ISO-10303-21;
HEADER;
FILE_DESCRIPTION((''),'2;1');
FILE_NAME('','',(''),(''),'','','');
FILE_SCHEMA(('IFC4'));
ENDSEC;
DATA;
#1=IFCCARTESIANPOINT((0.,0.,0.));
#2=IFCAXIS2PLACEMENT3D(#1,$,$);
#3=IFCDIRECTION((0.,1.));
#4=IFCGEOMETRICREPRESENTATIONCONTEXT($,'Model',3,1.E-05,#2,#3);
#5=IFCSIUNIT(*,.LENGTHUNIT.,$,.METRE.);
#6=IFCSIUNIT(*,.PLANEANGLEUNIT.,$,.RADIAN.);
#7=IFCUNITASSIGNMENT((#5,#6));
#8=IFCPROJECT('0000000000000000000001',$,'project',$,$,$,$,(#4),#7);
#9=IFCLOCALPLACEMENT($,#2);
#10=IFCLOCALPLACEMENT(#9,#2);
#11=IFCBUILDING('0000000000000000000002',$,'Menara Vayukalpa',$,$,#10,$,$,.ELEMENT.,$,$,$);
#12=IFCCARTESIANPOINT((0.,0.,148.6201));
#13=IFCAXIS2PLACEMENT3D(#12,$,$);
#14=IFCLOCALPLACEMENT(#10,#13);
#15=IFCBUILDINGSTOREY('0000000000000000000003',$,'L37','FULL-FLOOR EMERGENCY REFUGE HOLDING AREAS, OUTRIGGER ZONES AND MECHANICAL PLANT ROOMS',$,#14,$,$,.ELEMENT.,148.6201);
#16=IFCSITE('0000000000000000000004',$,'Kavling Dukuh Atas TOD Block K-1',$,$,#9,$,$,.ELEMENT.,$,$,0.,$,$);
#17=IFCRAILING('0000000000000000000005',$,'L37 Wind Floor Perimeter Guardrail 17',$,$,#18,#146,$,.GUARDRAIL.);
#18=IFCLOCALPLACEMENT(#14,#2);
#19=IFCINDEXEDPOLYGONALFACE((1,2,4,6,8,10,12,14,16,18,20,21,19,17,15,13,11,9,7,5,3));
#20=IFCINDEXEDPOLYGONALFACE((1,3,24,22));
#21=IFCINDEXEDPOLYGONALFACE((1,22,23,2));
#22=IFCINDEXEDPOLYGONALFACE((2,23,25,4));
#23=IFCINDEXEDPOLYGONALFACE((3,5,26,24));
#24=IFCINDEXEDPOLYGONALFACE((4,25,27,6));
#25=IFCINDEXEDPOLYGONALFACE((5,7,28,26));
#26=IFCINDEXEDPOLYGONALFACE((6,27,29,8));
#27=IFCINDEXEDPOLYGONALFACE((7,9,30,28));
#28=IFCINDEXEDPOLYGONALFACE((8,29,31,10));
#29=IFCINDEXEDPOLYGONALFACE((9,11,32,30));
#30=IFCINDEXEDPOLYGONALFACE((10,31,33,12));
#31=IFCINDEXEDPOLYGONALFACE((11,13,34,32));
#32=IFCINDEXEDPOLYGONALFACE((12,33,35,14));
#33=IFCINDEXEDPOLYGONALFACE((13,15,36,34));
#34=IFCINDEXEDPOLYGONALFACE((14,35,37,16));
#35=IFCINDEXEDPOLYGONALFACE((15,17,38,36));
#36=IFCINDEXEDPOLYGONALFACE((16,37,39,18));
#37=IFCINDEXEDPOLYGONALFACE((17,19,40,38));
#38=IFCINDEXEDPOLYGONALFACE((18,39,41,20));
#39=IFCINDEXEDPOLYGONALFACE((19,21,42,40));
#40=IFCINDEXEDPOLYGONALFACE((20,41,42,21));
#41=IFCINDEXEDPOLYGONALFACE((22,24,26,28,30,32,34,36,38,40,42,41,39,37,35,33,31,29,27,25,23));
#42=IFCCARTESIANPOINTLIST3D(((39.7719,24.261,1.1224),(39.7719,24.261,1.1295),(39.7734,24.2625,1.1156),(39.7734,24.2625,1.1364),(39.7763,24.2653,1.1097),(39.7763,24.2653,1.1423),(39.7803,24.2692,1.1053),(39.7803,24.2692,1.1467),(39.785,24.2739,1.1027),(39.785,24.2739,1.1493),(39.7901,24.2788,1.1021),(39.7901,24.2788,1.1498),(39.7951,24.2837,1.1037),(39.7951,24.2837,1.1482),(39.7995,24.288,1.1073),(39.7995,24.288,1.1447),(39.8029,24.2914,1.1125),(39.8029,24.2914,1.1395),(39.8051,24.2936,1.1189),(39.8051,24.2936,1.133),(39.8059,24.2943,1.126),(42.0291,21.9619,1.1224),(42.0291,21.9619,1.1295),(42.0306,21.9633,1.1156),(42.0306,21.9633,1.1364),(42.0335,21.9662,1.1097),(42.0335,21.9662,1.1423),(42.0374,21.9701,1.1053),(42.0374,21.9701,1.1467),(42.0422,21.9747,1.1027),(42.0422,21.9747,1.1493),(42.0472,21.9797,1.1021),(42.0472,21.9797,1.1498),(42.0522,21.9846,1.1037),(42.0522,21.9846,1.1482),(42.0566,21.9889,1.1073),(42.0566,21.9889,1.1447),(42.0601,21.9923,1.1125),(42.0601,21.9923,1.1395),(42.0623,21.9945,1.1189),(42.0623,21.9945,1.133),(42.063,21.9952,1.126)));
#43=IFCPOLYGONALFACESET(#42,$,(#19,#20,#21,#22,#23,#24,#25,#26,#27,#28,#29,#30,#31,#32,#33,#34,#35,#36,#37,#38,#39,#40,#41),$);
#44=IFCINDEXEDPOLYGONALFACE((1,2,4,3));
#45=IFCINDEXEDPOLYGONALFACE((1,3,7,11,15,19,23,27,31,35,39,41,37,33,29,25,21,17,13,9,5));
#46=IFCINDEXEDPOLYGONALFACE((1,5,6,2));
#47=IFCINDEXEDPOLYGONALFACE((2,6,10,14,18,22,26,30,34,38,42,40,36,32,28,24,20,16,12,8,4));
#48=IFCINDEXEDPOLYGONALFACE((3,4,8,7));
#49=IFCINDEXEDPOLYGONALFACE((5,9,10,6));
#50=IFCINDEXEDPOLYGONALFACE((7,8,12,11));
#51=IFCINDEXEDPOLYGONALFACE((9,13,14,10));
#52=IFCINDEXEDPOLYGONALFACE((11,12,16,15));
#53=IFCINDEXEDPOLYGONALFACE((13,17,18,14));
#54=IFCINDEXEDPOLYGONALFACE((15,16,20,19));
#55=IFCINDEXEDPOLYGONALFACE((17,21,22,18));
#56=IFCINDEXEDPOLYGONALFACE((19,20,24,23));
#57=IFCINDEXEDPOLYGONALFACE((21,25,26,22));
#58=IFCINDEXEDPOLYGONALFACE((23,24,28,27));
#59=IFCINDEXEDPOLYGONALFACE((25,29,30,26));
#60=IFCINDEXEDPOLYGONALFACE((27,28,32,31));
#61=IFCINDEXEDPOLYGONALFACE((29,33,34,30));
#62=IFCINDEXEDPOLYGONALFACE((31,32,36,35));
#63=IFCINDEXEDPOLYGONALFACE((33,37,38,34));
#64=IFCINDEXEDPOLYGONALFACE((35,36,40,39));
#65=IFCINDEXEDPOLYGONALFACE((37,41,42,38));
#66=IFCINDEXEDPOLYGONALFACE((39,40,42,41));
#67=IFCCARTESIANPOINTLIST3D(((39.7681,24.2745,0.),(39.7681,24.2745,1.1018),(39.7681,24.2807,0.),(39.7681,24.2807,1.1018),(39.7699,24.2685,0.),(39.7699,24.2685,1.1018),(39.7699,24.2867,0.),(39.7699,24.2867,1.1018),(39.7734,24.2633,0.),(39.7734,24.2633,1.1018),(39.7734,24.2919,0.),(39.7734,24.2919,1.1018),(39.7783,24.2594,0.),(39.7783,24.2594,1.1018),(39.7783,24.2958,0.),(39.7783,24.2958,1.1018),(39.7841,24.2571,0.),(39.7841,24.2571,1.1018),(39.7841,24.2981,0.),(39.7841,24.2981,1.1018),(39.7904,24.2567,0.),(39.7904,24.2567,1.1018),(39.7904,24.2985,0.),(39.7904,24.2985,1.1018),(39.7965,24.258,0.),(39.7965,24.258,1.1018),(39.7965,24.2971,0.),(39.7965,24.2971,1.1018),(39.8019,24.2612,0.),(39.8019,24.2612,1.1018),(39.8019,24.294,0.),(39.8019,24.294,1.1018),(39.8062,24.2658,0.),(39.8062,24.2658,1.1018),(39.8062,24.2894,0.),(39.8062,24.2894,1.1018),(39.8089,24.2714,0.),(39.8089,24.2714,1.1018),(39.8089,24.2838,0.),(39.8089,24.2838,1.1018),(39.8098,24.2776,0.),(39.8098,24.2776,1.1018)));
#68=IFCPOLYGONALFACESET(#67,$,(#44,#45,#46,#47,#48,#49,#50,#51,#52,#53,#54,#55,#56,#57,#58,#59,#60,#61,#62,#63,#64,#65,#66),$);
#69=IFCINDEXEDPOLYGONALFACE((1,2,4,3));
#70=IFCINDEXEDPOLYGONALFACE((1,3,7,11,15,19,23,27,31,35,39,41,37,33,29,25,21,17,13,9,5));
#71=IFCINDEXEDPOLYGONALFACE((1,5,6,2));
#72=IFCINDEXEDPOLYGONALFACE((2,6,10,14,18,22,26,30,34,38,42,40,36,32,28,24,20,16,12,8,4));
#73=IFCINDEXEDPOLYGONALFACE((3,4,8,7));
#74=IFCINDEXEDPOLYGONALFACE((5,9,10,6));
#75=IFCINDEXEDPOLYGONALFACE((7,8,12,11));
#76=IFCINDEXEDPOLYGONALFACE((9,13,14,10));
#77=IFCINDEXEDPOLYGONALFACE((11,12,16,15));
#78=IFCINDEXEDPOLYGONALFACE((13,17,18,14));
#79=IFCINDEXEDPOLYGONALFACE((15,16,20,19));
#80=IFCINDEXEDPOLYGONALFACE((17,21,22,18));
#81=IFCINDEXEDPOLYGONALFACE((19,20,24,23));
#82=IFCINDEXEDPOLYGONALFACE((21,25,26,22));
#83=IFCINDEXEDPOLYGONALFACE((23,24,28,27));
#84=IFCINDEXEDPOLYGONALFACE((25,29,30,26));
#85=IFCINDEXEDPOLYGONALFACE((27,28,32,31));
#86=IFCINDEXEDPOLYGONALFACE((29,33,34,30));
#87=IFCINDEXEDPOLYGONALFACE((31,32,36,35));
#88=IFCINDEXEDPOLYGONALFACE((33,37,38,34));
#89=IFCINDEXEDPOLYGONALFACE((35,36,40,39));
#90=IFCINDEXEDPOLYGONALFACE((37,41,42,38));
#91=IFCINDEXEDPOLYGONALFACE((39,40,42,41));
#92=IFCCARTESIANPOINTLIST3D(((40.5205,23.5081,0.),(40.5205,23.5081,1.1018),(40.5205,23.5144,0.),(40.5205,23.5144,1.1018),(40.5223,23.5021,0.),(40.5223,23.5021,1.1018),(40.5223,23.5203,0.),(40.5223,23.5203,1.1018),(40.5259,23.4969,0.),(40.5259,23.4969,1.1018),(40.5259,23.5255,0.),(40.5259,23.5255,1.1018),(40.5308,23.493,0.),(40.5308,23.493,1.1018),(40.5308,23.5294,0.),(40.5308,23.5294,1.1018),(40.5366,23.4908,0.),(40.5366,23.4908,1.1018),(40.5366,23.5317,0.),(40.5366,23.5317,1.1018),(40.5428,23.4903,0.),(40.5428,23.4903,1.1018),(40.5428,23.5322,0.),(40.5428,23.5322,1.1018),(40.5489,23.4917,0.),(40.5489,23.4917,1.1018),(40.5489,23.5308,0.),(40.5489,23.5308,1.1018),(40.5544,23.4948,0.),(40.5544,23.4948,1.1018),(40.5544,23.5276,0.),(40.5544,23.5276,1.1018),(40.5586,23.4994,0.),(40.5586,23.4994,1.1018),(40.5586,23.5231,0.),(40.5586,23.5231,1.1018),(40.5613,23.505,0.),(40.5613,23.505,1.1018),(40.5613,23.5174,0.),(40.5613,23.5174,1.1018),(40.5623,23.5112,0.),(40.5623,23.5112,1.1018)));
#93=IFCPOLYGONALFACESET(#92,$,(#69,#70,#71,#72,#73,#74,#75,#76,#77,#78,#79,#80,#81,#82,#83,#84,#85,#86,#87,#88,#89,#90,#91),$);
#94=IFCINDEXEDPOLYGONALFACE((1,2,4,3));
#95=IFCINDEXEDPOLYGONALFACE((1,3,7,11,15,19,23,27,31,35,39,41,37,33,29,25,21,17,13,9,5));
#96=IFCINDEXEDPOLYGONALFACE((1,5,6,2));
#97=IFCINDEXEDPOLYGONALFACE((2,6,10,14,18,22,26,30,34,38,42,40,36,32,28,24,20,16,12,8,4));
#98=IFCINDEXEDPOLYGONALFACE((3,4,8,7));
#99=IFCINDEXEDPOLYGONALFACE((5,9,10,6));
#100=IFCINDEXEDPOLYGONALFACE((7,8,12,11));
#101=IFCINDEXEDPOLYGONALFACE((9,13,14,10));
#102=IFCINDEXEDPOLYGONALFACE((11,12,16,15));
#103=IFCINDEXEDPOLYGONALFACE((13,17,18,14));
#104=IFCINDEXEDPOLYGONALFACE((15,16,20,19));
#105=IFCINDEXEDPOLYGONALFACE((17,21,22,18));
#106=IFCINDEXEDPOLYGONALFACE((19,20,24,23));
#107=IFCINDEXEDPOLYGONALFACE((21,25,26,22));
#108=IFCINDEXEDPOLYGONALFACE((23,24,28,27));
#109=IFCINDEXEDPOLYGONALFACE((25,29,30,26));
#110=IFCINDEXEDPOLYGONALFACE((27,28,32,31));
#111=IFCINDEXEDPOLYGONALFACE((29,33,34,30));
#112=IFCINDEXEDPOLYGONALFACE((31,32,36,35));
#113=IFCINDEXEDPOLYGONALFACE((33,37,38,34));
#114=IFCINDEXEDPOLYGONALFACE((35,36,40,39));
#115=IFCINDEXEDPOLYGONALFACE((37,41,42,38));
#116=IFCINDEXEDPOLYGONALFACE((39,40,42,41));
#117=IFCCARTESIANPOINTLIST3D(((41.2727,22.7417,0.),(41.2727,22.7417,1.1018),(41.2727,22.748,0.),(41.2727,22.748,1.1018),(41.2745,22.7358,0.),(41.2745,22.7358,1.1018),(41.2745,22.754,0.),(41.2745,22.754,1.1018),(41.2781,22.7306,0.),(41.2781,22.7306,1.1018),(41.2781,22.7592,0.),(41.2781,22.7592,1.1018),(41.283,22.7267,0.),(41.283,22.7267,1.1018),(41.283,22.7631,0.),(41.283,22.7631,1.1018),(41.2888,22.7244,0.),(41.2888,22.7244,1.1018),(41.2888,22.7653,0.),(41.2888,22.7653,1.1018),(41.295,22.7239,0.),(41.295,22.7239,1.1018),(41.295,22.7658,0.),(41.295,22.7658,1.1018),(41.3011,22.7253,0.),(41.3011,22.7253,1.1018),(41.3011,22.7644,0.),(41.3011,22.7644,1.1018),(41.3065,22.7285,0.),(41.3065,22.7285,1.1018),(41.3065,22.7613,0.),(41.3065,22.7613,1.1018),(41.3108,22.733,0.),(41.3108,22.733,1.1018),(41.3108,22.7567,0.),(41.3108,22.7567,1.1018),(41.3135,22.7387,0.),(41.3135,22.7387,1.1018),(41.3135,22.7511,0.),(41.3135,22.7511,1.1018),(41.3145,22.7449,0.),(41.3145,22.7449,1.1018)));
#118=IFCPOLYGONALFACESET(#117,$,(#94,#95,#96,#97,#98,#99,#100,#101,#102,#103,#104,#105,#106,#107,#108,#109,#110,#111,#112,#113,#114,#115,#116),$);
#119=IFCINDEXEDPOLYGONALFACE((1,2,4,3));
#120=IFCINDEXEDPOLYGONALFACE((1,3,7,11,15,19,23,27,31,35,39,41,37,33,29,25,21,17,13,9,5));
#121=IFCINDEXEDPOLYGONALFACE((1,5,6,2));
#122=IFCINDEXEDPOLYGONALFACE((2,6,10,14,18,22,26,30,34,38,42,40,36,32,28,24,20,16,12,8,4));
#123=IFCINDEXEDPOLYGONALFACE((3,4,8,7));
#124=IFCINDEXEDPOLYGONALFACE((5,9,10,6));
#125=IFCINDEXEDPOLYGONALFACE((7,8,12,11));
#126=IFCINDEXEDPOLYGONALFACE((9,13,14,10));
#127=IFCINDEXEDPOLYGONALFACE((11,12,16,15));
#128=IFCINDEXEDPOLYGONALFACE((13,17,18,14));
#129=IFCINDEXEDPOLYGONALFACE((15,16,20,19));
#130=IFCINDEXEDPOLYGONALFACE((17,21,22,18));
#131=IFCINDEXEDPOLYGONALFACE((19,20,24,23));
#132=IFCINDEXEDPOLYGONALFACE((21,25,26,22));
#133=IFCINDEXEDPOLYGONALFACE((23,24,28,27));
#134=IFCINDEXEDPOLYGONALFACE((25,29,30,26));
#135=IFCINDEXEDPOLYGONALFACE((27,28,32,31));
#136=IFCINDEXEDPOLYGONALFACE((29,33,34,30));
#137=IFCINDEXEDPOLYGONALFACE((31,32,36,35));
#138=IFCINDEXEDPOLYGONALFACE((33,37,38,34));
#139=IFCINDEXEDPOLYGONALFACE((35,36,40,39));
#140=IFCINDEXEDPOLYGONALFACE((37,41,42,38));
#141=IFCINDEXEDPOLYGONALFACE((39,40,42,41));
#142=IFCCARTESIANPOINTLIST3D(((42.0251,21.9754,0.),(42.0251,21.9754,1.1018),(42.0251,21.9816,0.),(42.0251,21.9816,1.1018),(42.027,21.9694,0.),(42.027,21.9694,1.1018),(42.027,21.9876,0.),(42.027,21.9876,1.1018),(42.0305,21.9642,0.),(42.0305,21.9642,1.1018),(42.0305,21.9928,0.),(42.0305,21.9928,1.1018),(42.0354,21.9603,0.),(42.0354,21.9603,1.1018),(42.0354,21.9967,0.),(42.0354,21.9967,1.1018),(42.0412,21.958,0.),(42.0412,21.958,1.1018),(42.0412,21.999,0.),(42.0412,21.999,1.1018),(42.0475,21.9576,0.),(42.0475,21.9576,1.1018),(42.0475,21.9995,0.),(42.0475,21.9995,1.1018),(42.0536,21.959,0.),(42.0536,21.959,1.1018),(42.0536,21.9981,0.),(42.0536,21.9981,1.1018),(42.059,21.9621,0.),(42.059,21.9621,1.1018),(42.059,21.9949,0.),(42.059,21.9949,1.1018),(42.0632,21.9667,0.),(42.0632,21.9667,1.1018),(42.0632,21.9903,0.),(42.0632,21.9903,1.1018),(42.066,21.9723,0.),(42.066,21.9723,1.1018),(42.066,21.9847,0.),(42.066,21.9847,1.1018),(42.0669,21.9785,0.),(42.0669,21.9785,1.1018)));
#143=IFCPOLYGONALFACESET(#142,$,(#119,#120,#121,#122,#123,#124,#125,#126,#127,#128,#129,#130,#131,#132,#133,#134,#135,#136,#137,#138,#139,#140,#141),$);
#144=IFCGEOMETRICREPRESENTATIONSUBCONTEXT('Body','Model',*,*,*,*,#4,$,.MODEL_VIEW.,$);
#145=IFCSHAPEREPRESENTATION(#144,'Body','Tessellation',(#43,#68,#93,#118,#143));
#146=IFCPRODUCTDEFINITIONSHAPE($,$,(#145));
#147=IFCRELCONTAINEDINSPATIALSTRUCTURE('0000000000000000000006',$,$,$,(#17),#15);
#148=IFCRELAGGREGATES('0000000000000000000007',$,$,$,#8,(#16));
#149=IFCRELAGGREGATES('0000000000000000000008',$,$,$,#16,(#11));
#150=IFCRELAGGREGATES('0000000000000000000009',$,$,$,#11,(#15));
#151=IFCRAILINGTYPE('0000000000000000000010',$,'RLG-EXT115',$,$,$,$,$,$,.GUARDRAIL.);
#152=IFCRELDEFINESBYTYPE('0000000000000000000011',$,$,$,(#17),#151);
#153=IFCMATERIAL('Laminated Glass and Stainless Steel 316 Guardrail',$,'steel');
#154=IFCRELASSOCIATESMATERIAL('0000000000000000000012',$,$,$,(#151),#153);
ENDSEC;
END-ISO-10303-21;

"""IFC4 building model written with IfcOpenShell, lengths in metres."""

from ifc_helpers import new_model, si_unit, direction, frame, origin, origin_2d, place, context, subcontext, project, spatial, circle, extrude, material, type_object, element, save


model = new_model("IFC4")

# Units and contexts
model_context = context("Model", 3, precision=1e-05, world=origin(), true_north=direction((0.0, 1.0)))
body_context = subcontext(model_context, "Body", "Model", "MODEL_VIEW")
ifc_project = project(units=[si_unit("LENGTHUNIT", "METRE"), si_unit("PLANEANGLEUNIT", "RADIAN")], contexts=[model_context])

# Site, building, storey
site_placement = place(None, origin())
site = spatial("IfcSite", under=ifc_project, at=site_placement, Name="Kavling Dukuh Atas TOD Block K-1", CompositionType="ELEMENT", RefElevation=0.0)
building_placement = place(site_placement, origin())
building = spatial("IfcBuilding", under=site, at=building_placement, Name="Menara Vayukalpa", CompositionType="ELEMENT")
storey_placement = place(building_placement, frame((0.0, 0.0, 148.6201)))
storey = spatial("IfcBuildingStorey", under=building, at=storey_placement, Name="L37", Description="FULL-FLOOR EMERGENCY REFUGE HOLDING AREAS, OUTRIGGER ZONES AND MECHANICAL PLANT ROOMS", CompositionType="ELEMENT", Elevation=148.6201)

# Railing
ifc_material_1 = material(Name="Laminated Glass and Stainless Steel 316 Guardrail", Category="steel")
railing_type = type_object("IfcRailingType", Name="RLG-EXT115", PredefinedType="GUARDRAIL", material=ifc_material_1)
railing_1_placement = place(storey_placement, frame((39.7888, 24.2776, 0.0)))
element("IfcRailing", 1, at=railing_1_placement, inside=storey, type_object=railing_type, Name="L37 Wind Floor Perimeter Guardrail 17", PredefinedType="GUARDRAIL", context=body_context, shape_type="SweptSolid", body=[
    extrude(circle(Radius=0.0239, at=origin_2d()), frame((0.0, 0.0, 1.126), z_axis=(0.70056, -0.713594, 0.0), x_axis=(0.713594, 0.70056, 0.0)), (0.0, 0.0, 1.0), 3.2219),
    extrude(circle(Radius=0.021, at=origin_2d()), origin(), (0.0, 0.0, 1.0), 1.1018),
    extrude(circle(Radius=0.021, at=origin_2d()), frame((0.7524, -0.7664, 0.0)), (0.0, 0.0, 1.0), 1.1018),
    extrude(circle(Radius=0.021, at=origin_2d()), frame((1.5046, -1.5327, 0.0)), (0.0, 0.0, 1.0), 1.1018),
    extrude(circle(Radius=0.021, at=origin_2d()), frame((2.2571, -2.2991, 0.0)), (0.0, 0.0, 1.0), 1.1018),
])

save(model, "model.ifc")
